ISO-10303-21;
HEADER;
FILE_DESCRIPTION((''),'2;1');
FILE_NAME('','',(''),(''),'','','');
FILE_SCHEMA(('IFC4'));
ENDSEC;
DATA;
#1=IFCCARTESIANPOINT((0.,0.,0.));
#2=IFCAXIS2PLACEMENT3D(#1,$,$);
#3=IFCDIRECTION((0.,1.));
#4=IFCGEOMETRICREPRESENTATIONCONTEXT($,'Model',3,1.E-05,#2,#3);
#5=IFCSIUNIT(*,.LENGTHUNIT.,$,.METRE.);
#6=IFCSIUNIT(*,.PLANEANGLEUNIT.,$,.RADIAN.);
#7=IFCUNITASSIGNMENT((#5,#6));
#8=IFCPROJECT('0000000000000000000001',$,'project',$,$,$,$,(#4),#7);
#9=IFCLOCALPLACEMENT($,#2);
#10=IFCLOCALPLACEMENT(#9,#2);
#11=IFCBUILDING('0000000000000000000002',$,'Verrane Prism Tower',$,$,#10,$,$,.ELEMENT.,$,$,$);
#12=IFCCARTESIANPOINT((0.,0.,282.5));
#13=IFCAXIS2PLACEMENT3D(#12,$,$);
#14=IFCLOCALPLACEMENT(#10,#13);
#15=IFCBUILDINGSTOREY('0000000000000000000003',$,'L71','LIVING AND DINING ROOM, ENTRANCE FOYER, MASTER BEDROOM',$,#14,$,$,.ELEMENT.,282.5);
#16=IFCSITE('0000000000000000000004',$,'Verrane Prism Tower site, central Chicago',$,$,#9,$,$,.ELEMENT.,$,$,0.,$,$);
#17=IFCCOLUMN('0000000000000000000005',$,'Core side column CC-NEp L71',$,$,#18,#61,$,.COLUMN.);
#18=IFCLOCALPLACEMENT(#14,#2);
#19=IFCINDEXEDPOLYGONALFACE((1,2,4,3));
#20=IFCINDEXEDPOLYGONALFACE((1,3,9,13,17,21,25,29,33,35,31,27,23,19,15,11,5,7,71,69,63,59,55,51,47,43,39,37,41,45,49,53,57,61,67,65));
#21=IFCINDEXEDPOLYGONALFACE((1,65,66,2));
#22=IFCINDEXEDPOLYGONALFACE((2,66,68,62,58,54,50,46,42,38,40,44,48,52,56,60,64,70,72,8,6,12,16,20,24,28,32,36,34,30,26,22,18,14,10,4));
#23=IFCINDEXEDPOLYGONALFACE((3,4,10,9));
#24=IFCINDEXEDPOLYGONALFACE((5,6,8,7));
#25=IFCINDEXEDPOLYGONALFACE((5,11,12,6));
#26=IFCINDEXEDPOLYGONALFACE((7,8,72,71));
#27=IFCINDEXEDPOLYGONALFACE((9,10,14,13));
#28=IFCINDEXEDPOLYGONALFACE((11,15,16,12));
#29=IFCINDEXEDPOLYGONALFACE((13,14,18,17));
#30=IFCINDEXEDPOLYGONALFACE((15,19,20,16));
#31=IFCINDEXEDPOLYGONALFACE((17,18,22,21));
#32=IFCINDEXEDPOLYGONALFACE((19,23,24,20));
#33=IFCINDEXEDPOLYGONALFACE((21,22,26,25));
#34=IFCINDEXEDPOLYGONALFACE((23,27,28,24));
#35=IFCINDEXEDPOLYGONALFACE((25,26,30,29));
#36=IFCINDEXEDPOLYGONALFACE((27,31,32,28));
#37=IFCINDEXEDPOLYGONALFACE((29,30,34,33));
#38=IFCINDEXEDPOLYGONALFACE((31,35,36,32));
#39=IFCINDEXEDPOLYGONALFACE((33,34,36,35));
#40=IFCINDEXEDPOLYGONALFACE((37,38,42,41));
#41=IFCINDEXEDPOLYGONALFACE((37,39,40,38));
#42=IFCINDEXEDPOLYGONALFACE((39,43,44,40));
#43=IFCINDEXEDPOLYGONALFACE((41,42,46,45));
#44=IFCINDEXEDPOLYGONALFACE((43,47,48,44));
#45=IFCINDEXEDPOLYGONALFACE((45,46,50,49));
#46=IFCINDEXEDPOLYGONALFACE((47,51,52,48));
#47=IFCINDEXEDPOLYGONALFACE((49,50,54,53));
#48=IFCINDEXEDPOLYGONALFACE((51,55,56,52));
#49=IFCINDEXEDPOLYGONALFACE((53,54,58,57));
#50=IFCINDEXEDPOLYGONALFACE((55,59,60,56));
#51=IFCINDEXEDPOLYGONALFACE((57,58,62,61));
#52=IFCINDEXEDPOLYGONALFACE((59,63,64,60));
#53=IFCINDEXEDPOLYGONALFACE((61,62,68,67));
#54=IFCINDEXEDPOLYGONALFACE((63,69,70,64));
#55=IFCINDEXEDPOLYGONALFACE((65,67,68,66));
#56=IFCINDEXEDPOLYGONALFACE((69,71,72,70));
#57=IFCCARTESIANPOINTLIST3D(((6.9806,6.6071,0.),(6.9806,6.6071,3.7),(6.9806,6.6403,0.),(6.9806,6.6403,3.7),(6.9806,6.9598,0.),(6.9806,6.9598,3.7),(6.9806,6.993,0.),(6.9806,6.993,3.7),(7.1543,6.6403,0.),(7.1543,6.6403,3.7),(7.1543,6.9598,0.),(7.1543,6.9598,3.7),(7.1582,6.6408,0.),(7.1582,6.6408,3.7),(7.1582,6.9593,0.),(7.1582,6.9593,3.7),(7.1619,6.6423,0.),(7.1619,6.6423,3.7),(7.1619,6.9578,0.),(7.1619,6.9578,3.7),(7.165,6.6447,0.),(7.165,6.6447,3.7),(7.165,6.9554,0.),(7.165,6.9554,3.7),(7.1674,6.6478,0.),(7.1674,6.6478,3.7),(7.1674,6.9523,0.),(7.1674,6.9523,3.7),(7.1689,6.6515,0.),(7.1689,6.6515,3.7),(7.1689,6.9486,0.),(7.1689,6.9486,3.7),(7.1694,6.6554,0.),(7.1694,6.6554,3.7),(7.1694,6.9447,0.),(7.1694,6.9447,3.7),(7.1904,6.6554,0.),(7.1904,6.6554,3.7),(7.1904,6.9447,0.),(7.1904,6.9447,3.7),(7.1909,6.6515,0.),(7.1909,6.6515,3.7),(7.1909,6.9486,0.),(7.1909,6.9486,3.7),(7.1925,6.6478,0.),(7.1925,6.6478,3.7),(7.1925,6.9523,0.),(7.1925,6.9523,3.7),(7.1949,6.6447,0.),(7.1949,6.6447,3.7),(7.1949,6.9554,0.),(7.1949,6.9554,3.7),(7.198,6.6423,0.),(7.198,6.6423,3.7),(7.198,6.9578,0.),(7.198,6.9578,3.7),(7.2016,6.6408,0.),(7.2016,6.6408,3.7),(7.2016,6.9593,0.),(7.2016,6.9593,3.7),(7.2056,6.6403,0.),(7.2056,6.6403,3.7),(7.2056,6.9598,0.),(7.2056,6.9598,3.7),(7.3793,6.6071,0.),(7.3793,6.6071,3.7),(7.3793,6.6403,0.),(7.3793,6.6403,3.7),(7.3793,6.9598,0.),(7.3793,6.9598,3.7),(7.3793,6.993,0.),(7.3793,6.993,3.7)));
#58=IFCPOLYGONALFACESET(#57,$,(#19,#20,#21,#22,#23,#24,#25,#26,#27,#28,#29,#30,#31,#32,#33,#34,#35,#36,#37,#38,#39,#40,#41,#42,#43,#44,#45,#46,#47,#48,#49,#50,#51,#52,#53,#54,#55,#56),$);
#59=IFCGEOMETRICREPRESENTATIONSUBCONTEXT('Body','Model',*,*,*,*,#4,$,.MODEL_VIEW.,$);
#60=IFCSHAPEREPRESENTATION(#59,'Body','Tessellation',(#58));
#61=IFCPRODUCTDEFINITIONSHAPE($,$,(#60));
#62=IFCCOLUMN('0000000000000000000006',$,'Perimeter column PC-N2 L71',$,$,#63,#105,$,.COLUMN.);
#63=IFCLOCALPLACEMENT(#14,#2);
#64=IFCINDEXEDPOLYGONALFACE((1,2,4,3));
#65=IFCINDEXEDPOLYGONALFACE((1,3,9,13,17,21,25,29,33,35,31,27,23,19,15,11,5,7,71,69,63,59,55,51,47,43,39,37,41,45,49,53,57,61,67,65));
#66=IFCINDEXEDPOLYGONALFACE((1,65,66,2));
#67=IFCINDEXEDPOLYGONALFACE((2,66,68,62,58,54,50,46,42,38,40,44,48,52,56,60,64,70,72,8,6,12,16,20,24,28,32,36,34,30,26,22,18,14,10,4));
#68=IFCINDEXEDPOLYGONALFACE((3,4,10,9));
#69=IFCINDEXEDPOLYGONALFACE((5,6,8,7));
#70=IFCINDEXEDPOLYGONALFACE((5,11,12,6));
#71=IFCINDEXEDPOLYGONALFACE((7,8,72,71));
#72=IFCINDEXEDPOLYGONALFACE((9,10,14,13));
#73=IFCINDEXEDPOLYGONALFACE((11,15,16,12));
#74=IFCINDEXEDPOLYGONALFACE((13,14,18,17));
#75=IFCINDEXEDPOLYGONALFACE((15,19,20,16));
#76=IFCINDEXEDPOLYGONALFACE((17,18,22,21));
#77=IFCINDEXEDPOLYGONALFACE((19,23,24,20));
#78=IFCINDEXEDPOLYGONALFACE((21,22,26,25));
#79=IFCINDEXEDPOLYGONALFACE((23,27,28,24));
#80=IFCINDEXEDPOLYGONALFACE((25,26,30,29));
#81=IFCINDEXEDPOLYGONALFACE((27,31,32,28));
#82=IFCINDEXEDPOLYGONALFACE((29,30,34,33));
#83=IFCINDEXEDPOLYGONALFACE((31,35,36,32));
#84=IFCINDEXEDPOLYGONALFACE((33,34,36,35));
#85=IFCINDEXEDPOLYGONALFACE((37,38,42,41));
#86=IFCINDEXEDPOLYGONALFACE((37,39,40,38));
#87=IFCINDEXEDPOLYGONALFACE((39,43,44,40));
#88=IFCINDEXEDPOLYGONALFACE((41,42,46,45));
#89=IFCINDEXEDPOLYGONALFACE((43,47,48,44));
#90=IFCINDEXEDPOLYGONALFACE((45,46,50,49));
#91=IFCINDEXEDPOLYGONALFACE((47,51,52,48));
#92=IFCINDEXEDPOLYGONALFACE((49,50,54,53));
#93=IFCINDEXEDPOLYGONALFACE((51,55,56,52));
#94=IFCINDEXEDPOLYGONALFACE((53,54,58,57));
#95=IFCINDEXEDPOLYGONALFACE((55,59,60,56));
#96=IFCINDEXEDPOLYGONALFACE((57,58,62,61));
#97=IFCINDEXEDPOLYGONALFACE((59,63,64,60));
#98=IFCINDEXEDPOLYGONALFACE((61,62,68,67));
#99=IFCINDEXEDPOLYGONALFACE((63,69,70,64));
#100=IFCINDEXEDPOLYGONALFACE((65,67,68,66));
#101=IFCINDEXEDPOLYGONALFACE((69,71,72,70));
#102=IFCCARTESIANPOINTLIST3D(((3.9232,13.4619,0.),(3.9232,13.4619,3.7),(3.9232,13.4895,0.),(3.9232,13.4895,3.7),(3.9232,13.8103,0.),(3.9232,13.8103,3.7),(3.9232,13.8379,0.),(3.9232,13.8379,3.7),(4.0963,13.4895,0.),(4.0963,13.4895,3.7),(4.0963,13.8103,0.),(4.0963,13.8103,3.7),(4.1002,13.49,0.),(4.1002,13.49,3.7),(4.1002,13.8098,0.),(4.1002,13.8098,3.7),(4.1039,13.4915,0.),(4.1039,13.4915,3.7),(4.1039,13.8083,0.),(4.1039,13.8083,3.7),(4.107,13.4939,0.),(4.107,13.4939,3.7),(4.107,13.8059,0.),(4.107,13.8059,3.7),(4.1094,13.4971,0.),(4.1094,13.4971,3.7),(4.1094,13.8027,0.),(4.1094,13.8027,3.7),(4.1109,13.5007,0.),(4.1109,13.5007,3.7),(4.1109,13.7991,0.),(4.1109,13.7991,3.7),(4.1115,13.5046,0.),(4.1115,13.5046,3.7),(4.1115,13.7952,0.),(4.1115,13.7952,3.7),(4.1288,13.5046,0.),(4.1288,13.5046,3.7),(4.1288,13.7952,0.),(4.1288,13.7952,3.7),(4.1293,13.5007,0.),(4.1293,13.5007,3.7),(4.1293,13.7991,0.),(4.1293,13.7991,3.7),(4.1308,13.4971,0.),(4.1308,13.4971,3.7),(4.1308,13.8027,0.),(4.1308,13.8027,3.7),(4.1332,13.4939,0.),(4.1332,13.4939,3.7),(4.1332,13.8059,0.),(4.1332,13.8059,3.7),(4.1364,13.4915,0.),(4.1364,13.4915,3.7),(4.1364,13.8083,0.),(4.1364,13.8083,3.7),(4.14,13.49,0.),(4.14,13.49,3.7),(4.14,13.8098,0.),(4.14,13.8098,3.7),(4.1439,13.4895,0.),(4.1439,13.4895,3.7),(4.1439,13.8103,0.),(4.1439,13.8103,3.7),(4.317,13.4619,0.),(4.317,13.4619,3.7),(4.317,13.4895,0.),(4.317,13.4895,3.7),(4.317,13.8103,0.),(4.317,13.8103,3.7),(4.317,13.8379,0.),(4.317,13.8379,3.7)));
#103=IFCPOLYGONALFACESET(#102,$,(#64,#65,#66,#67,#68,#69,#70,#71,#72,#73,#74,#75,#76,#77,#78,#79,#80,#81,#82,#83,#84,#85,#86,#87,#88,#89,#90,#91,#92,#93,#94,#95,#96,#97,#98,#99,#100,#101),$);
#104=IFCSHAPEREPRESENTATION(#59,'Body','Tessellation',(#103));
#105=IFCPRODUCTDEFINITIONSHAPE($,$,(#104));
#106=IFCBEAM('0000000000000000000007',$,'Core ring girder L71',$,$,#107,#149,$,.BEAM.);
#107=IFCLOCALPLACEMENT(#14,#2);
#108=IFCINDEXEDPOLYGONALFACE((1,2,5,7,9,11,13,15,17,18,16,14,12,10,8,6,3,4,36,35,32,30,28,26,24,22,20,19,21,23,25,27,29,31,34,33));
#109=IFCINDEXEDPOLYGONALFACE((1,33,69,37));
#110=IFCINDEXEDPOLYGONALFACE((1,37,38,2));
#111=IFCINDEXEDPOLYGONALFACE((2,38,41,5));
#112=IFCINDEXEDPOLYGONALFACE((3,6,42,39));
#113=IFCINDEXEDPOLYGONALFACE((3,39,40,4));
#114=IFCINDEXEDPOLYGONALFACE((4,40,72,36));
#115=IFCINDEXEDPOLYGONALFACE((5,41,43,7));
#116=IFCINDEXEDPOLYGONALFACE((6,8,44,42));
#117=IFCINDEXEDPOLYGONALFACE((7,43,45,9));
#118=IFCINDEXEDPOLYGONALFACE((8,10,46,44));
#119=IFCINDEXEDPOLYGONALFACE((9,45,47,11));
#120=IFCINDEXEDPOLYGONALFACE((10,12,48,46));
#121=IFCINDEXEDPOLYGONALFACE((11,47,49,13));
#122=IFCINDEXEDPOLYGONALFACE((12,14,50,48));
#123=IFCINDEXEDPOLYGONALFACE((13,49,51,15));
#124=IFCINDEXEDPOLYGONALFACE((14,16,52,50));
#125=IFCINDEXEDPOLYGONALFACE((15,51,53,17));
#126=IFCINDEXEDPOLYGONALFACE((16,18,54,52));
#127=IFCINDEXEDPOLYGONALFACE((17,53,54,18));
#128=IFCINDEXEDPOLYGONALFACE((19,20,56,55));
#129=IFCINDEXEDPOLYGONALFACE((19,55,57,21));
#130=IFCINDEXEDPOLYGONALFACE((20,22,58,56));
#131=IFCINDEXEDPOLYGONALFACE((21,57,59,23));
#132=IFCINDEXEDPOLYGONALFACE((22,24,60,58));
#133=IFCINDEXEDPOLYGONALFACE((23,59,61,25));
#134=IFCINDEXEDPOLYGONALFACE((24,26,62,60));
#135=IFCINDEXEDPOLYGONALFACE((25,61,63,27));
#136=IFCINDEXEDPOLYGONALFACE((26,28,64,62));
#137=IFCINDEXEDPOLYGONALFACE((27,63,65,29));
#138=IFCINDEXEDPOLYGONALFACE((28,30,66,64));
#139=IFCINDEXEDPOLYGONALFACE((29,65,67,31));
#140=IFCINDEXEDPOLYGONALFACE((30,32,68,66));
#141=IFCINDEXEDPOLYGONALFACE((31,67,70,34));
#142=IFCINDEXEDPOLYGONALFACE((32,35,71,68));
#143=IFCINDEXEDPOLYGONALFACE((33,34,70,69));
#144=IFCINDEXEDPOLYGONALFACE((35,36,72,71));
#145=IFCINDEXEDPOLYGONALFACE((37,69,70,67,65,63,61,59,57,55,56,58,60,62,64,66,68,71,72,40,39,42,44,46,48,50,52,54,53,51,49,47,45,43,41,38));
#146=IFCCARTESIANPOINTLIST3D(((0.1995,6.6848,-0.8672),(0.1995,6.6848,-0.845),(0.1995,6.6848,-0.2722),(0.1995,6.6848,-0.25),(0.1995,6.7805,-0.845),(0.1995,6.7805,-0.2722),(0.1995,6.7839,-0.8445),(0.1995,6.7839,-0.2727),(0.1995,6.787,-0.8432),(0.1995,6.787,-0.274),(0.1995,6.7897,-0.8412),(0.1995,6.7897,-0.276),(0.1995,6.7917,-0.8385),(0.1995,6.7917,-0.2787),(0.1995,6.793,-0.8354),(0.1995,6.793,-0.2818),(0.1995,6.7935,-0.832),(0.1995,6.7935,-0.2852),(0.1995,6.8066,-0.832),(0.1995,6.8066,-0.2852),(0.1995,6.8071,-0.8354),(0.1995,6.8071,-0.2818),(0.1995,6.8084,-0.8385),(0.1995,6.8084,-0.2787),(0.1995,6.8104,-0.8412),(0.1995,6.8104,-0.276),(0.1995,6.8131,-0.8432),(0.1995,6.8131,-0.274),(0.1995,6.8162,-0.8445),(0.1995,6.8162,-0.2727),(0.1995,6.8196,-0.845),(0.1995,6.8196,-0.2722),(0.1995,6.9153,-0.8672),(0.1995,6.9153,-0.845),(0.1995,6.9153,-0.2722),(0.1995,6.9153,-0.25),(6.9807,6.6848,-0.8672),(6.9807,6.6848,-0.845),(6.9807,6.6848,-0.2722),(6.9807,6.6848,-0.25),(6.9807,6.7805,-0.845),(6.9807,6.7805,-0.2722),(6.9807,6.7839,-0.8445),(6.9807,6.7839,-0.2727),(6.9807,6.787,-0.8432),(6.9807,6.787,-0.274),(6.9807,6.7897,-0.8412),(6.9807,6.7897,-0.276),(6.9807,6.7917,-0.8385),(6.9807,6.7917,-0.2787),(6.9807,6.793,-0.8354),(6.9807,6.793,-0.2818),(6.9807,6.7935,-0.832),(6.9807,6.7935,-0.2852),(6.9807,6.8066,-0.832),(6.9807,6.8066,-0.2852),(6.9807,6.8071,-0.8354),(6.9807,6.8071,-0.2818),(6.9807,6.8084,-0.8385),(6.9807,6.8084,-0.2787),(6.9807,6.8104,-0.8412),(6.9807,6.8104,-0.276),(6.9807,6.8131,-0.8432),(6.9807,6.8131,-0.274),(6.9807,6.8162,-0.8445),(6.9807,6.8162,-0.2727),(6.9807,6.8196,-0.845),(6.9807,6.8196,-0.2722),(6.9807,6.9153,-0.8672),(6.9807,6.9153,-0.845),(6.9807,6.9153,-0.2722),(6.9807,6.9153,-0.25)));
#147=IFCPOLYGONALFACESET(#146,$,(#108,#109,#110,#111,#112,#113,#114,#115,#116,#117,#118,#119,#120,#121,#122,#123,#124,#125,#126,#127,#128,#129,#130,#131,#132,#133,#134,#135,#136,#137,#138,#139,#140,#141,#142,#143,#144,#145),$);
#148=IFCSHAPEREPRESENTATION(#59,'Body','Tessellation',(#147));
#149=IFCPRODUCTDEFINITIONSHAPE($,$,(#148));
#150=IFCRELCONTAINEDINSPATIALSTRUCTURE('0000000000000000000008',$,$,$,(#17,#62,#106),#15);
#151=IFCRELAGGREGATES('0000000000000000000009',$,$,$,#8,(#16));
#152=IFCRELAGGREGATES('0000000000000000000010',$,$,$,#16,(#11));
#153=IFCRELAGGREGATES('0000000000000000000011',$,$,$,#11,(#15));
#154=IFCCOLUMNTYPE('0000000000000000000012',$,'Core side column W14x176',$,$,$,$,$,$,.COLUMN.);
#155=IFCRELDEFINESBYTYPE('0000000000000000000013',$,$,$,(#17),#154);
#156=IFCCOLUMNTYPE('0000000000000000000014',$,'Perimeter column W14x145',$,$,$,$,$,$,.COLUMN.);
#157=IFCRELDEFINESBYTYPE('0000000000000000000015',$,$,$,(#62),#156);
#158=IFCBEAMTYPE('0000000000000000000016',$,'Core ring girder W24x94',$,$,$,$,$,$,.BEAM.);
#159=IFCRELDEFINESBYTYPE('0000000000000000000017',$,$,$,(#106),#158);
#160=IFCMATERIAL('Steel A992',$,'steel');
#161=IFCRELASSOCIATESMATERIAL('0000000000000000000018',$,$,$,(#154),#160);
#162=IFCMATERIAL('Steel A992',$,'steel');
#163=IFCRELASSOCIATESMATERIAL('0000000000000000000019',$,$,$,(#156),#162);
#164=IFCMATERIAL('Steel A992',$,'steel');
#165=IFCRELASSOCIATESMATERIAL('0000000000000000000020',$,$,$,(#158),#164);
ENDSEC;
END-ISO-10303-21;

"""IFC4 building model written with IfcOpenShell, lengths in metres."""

from ifc_helpers import new_model, si_unit, direction, frame, origin, origin_2d, place, context, subcontext, project, spatial, i_section, extrude, material, material_profile, profile_set, type_object, element, save


model = new_model("IFC4")

# Units and contexts
model_context = context("Model", 3, precision=1e-05, world=origin(), true_north=direction((0.0, 1.0)))
body_context = subcontext(model_context, "Body", "Model", "MODEL_VIEW")
ifc_project = project(units=[si_unit("LENGTHUNIT", "METRE"), si_unit("PLANEANGLEUNIT", "RADIAN")], contexts=[model_context])

# Site, building, storey
site_placement = place(None, origin())
site = spatial("IfcSite", under=ifc_project, at=site_placement, Name="Verrane Prism Tower site, central Chicago", CompositionType="ELEMENT", RefElevation=0.0)
building_placement = place(site_placement, origin())
building = spatial("IfcBuilding", under=site, at=building_placement, Name="Verrane Prism Tower", CompositionType="ELEMENT")
storey_placement = place(building_placement, frame((0.0, 0.0, 282.5)))
storey = spatial("IfcBuildingStorey", under=building, at=storey_placement, Name="L71", Description="LIVING AND DINING ROOM, ENTRANCE FOYER, MASTER BEDROOM", CompositionType="ELEMENT", Elevation=282.5)

# Columns
ifc_material_1 = material(Name="Steel A992", Category="steel")
ifc_material_profile_1 = material_profile(ifc_material_1, i_section(OverallWidth=0.3987, OverallDepth=0.386, WebThickness=0.021, FlangeThickness=0.0332, FilletRadius=0.0151, at=origin_2d()), Name="W14x176")
ifc_profile_set_1 = profile_set([ifc_material_profile_1], Name="Steel A992")
column_type_1 = type_object("IfcColumnType", Name="Core side column W14x176", PredefinedType="COLUMN", material=ifc_profile_set_1)
column_1_placement = place(storey_placement, frame((7.1799, 6.8, 0.0), z_axis=(0.0, 0.0, 1.0), x_axis=(1.0, 0.0, 0.0)))
element("IfcColumn", 1, at=column_1_placement, inside=storey, type_object=column_type_1, Name="Core side column CC-NEp L71", PredefinedType="COLUMN", context=body_context, shape_type="SweptSolid", body=[
    extrude(i_section(OverallWidth=0.3987, OverallDepth=0.386, WebThickness=0.021, FlangeThickness=0.0332, FilletRadius=0.0151, at=origin_2d()), origin(), (0.0, 0.0, 1.0), 3.7),
])
ifc_material_2 = material(Name="Steel A992", Category="steel")
ifc_material_profile_2 = material_profile(ifc_material_2, i_section(OverallWidth=0.3938, OverallDepth=0.376, WebThickness=0.0173, FlangeThickness=0.0276, FilletRadius=0.0151, at=origin_2d()), Name="W14x145")
ifc_profile_set_2 = profile_set([ifc_material_profile_2], Name="Steel A992")
column_type_2 = type_object("IfcColumnType", Name="Perimeter column W14x145", PredefinedType="COLUMN", material=ifc_profile_set_2)
column_2_placement = place(storey_placement, frame((4.1201, 13.6499, 0.0), z_axis=(0.0, 0.0, 1.0), x_axis=(1.0, 0.0, 0.0)))
element("IfcColumn", 2, at=column_2_placement, inside=storey, type_object=column_type_2, Name="Perimeter column PC-N2 L71", PredefinedType="COLUMN", context=body_context, shape_type="SweptSolid", body=[
    extrude(i_section(OverallWidth=0.3938, OverallDepth=0.376, WebThickness=0.0173, FlangeThickness=0.0276, FilletRadius=0.0151, at=origin_2d()), origin(), (0.0, 0.0, 1.0), 3.7),
])

# Beam
ifc_material_3 = material(Name="Steel A992", Category="steel")
ifc_material_profile_3 = material_profile(ifc_material_3, i_section(OverallWidth=0.2305, OverallDepth=0.6172, WebThickness=0.0132, FlangeThickness=0.0222, FilletRadius=0.0129, at=origin_2d()), Name="W24x94")
ifc_profile_set_3 = profile_set([ifc_material_profile_3], Name="Steel A992")
beam_type_1 = type_object("IfcBeamType", Name="Core ring girder W24x94", PredefinedType="BEAM", material=ifc_profile_set_3)
beam_1_placement = place(storey_placement, frame((6.9807, 6.8, -0.5586), z_axis=(-1.0, 0.0, 0.0), x_axis=(0.0, -1.0, 0.0)))
element("IfcBeam", 3, at=beam_1_placement, inside=storey, type_object=beam_type_1, Name="Core ring girder L71", PredefinedType="BEAM", context=body_context, shape_type="SweptSolid", body=[
    extrude(i_section(OverallWidth=0.2305, OverallDepth=0.6172, WebThickness=0.0132, FlangeThickness=0.0222, FilletRadius=0.0129, at=origin_2d()), origin(), (0.0, 0.0, 1.0), 6.7812),
])

save(model, "model.ifc")
